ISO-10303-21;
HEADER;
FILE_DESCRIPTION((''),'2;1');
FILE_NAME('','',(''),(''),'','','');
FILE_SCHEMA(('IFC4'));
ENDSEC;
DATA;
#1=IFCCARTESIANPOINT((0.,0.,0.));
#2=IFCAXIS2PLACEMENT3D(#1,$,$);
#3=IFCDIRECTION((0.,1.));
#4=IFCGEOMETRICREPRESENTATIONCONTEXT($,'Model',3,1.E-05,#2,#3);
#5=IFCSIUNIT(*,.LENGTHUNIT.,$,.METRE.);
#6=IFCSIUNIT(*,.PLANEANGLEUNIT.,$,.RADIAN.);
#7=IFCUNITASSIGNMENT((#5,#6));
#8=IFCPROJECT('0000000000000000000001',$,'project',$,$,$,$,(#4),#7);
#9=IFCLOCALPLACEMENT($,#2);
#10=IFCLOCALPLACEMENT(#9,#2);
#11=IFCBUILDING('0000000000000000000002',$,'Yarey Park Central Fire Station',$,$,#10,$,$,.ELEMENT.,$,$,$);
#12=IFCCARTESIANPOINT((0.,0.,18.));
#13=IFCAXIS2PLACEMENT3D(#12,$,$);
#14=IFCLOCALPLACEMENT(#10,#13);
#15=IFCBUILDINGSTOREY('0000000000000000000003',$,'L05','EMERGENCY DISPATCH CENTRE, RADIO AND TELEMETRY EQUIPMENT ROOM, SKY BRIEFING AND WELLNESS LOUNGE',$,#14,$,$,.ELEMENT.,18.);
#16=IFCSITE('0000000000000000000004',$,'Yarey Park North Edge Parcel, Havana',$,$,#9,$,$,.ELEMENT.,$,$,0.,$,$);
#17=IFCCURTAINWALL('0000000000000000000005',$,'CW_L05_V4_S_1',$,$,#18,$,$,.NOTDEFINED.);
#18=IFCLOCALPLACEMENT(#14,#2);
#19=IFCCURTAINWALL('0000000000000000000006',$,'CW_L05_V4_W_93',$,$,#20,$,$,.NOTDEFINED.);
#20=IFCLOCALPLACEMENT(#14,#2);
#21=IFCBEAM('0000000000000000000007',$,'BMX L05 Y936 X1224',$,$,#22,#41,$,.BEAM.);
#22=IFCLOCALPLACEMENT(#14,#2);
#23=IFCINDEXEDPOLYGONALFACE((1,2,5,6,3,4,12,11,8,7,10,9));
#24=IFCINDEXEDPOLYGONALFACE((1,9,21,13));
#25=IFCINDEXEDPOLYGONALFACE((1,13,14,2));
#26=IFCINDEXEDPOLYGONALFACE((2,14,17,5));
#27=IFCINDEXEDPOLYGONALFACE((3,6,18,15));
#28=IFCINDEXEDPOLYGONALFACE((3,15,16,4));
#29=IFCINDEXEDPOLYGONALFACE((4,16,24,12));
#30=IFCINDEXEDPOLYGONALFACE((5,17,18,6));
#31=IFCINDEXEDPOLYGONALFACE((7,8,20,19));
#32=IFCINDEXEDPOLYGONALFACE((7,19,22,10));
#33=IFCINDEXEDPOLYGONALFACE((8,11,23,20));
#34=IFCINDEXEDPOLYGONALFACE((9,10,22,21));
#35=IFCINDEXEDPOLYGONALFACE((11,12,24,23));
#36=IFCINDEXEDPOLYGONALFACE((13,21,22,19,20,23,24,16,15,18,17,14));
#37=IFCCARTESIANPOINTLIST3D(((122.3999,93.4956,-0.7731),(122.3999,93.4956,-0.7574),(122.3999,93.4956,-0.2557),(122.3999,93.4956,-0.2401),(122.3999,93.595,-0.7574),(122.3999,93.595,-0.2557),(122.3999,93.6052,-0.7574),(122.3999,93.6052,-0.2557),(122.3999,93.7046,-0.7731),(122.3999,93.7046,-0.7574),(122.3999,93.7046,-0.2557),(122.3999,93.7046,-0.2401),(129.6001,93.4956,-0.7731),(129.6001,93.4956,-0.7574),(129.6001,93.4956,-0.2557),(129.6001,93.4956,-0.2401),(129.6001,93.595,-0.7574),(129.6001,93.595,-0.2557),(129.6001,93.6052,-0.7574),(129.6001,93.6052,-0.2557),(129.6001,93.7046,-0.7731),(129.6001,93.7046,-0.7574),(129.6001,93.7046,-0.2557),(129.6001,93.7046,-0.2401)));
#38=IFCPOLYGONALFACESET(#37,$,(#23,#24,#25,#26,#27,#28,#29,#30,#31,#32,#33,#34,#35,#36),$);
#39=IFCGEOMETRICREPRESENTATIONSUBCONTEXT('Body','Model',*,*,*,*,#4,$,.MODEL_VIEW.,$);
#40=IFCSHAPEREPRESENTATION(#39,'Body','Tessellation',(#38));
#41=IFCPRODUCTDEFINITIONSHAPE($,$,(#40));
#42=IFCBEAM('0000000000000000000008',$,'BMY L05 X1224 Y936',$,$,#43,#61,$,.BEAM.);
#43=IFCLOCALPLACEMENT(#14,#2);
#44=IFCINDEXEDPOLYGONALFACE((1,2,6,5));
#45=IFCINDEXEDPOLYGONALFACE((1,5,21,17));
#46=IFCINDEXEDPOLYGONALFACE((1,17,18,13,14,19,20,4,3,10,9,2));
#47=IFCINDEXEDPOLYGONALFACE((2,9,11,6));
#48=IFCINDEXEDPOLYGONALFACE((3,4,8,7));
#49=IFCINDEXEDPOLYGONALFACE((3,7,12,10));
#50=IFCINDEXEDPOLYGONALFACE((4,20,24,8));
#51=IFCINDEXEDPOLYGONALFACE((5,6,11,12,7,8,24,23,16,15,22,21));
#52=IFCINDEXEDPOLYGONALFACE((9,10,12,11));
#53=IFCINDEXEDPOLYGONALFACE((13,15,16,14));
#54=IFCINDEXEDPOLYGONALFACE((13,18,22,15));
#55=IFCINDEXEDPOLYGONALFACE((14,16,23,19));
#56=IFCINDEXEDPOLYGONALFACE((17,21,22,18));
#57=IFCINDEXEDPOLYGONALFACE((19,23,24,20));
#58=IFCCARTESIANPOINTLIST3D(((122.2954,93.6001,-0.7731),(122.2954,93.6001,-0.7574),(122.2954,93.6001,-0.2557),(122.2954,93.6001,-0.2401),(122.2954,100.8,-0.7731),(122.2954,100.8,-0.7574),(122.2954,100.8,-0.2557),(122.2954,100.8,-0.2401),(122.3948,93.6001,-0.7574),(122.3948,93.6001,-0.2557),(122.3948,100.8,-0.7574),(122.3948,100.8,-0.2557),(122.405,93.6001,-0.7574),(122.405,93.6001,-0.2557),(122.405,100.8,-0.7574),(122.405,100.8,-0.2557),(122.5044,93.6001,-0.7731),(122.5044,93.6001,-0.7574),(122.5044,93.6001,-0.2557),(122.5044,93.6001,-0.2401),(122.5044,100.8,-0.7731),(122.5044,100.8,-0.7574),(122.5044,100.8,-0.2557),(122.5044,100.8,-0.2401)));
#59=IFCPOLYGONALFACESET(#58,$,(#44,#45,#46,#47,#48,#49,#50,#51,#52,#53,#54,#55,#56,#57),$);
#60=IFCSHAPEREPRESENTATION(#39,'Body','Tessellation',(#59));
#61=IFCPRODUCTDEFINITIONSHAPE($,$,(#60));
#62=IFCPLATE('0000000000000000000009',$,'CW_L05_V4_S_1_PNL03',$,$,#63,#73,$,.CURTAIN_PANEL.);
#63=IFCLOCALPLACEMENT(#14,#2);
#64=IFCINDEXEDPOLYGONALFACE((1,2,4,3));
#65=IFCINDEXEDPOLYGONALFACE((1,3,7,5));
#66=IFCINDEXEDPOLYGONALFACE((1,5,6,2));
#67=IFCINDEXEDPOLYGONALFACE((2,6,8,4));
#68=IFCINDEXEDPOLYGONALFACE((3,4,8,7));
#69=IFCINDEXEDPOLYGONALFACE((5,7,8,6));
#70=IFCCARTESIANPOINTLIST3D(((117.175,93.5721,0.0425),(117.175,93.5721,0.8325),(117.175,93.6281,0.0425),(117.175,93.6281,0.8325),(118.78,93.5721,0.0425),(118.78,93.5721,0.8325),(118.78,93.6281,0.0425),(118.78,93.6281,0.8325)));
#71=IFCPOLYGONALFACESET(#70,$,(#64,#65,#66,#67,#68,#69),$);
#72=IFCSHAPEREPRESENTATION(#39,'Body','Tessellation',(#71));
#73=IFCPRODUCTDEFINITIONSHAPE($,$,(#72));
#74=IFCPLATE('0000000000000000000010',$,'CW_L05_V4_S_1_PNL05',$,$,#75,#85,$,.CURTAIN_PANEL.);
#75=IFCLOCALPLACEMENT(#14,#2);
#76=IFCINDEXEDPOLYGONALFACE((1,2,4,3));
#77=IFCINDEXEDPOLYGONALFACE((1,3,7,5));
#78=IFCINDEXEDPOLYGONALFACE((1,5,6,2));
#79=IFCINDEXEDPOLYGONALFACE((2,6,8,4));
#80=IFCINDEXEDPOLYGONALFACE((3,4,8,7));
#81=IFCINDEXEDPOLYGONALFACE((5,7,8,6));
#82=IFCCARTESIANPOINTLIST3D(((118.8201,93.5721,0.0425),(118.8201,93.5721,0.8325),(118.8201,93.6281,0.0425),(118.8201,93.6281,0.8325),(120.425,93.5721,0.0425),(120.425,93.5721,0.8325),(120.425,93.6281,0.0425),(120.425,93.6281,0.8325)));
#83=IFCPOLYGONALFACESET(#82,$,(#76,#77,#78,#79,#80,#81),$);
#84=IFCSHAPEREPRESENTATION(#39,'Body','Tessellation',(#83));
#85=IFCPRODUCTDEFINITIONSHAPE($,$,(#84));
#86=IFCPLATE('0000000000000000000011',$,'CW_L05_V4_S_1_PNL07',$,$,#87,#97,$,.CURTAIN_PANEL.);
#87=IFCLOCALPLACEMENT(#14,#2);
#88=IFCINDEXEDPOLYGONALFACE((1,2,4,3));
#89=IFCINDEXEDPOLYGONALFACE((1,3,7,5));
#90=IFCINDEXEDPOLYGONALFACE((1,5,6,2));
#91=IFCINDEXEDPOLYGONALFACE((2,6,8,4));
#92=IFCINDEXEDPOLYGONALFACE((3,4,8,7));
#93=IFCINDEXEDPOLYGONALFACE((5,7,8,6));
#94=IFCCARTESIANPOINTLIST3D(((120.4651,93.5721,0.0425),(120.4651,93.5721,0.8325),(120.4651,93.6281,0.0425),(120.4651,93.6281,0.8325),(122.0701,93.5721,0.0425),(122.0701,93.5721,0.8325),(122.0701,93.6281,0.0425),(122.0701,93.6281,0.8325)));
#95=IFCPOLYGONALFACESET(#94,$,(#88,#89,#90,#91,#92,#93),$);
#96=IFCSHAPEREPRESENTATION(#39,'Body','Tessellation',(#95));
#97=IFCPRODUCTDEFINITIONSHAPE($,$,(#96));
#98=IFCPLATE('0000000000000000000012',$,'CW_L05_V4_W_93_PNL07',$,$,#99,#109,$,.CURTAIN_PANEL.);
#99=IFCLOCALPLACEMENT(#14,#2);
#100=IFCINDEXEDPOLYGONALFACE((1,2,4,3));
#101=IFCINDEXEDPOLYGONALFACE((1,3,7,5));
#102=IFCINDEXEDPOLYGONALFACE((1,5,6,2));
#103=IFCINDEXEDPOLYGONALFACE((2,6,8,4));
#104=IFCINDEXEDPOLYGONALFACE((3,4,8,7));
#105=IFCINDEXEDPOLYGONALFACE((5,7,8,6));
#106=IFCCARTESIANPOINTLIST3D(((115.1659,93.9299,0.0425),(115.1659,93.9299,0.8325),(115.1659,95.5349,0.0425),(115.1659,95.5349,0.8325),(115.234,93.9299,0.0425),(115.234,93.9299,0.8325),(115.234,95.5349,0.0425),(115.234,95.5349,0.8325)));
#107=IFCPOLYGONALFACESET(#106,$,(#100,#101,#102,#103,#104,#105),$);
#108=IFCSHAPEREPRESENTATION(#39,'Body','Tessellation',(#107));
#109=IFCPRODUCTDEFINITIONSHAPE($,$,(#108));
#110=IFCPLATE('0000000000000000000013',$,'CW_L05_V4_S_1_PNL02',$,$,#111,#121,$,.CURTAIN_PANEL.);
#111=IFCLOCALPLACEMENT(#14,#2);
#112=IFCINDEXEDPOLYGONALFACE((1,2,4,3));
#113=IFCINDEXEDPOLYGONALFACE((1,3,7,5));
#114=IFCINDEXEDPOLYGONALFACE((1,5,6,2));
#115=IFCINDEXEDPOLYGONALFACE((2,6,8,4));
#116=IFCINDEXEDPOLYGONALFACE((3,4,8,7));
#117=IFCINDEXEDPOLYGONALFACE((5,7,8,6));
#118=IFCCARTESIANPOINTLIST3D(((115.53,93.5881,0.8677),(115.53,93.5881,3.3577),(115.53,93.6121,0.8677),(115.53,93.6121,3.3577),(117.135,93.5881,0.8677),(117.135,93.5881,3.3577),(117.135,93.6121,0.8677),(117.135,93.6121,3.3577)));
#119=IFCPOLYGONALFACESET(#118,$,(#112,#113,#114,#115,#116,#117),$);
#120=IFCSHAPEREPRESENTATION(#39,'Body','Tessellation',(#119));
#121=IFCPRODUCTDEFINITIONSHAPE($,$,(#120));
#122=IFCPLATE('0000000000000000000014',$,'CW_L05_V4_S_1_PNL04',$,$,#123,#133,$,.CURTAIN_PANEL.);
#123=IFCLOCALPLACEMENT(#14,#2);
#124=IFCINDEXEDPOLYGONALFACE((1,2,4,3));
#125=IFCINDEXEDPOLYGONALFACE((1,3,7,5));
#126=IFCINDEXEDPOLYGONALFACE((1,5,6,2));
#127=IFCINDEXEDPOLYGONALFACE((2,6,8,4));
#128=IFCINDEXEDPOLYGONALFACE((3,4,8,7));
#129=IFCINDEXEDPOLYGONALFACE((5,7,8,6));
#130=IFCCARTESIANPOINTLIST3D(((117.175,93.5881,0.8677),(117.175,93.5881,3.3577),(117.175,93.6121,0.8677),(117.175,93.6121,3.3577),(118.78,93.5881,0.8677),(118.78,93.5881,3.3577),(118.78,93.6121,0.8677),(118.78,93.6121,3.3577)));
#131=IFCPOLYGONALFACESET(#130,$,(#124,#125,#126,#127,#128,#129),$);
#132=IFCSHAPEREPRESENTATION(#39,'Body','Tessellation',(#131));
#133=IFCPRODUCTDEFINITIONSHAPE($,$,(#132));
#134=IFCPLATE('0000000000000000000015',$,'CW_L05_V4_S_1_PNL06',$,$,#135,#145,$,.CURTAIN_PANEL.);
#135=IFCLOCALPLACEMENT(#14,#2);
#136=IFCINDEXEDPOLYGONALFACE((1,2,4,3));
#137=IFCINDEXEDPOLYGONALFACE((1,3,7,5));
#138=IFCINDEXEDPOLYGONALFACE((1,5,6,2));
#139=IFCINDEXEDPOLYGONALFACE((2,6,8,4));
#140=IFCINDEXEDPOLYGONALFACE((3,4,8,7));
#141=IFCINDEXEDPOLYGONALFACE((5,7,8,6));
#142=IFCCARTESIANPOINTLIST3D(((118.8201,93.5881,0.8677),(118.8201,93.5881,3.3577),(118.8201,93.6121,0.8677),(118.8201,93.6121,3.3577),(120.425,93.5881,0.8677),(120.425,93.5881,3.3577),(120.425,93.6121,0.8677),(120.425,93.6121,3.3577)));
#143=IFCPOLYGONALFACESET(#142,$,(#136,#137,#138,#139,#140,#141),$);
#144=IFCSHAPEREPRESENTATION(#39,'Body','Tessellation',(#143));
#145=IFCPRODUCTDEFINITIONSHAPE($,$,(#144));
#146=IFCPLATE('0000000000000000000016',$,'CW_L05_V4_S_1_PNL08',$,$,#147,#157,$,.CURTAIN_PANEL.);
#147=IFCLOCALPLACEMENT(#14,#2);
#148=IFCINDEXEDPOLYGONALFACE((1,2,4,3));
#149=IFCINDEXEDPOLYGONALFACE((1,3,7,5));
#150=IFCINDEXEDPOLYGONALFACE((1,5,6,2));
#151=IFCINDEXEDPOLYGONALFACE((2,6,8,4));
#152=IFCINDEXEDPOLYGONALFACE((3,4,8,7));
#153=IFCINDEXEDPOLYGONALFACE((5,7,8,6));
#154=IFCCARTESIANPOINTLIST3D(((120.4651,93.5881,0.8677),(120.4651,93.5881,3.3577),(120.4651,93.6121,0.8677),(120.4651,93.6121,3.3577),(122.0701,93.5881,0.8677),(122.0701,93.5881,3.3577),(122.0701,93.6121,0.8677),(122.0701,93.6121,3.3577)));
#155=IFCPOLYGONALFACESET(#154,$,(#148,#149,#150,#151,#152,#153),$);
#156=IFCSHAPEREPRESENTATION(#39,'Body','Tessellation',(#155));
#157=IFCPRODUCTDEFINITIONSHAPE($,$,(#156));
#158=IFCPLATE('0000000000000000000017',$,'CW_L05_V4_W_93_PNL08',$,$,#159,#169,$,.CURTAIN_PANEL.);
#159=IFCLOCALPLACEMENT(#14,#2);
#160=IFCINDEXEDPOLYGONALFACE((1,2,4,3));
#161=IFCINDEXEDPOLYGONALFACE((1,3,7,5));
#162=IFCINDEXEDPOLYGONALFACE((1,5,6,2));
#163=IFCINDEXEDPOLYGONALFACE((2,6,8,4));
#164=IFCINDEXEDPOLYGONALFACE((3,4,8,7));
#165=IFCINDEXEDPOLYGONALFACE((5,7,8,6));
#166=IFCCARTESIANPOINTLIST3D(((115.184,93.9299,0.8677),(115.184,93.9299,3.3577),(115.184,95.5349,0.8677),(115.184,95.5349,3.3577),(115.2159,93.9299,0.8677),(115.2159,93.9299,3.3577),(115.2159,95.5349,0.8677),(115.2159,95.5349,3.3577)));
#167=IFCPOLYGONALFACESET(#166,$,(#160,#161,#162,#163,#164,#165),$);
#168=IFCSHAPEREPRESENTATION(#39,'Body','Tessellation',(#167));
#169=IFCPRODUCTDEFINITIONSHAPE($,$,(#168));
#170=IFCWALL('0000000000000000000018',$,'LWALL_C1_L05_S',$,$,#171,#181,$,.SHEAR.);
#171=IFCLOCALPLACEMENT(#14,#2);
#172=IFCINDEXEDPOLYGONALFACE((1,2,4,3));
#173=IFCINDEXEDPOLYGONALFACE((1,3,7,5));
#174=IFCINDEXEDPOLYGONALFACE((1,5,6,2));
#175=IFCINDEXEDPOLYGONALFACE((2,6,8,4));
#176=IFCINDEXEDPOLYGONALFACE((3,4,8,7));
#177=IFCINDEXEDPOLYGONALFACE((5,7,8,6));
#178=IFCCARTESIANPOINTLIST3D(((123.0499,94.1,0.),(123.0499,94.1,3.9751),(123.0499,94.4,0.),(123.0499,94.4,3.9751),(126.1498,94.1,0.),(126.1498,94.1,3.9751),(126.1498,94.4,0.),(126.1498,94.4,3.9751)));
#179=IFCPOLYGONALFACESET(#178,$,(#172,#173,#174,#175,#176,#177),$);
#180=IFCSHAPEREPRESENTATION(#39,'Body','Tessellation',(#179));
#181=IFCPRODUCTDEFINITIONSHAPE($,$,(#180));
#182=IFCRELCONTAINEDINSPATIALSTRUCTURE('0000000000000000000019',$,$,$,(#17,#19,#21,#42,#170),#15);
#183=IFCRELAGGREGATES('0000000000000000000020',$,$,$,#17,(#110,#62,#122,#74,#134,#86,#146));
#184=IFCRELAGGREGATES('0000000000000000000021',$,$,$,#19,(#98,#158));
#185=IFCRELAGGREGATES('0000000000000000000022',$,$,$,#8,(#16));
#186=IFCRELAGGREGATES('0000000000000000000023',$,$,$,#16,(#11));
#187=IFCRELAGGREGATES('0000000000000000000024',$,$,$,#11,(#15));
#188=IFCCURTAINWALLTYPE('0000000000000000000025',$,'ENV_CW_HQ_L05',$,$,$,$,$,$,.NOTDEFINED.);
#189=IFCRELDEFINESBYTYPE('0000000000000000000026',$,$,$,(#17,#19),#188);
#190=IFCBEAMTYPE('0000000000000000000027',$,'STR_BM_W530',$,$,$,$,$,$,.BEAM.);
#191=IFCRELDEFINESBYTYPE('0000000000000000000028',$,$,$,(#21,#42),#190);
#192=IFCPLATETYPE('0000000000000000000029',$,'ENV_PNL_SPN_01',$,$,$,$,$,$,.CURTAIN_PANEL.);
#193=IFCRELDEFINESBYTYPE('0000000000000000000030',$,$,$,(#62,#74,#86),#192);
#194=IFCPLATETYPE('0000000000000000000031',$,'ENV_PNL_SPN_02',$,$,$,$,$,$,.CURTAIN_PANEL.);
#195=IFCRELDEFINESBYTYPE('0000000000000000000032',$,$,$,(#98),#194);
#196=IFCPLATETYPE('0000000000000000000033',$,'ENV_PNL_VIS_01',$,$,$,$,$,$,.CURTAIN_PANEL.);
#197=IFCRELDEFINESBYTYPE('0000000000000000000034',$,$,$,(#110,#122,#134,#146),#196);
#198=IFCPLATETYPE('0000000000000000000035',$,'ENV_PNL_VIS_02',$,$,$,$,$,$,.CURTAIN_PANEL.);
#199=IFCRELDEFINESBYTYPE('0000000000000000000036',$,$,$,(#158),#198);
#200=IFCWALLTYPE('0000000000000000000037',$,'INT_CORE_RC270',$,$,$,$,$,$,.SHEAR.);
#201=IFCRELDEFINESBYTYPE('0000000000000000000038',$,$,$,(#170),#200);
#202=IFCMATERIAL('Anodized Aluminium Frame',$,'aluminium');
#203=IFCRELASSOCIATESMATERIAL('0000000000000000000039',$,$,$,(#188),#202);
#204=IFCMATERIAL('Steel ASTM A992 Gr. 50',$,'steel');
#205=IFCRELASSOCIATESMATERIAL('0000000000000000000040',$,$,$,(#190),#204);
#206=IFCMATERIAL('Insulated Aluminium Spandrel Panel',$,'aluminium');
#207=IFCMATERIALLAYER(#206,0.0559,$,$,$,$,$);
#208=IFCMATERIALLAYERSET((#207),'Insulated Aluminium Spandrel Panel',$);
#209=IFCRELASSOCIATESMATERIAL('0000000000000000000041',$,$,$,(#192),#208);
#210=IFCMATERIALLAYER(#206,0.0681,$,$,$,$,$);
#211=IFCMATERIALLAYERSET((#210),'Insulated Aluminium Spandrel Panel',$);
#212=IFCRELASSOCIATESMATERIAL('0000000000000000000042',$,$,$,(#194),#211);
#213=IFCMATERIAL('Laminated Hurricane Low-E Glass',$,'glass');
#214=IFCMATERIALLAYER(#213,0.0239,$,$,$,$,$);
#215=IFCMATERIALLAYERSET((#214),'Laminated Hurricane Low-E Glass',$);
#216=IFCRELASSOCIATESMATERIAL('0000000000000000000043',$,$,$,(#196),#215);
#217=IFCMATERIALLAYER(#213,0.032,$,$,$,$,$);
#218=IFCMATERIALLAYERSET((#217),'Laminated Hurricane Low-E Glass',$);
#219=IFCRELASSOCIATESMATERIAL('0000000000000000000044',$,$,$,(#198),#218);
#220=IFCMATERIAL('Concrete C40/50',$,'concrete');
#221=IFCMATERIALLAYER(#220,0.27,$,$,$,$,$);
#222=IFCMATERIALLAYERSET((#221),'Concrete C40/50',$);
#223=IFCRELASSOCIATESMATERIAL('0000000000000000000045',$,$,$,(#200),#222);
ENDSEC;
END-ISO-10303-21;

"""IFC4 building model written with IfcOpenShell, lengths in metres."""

from ifc_helpers import new_model, si_unit, direction, frame, frame_2d, origin, origin_2d, place, context, subcontext, project, spatial, rectangle, i_section, extrude, material, layer, layer_set, material_profile, profile_set, type_object, element, aggregate, save


model = new_model("IFC4")

# Units and contexts
model_context = context("Model", 3, precision=1e-05, world=origin(), true_north=direction((0.0, 1.0)))
body_context = subcontext(model_context, "Body", "Model", "MODEL_VIEW")
ifc_project = project(units=[si_unit("LENGTHUNIT", "METRE"), si_unit("PLANEANGLEUNIT", "RADIAN")], contexts=[model_context])

# Site, building, storey
site_placement = place(None, origin())
site = spatial("IfcSite", under=ifc_project, at=site_placement, Name="Yarey Park North Edge Parcel, Havana", CompositionType="ELEMENT", RefElevation=0.0)
building_placement = place(site_placement, origin())
building = spatial("IfcBuilding", under=site, at=building_placement, Name="Yarey Park Central Fire Station", CompositionType="ELEMENT")
storey_placement = place(building_placement, frame((0.0, 0.0, 18.0)))
storey = spatial("IfcBuildingStorey", under=building, at=storey_placement, Name="L05", Description="EMERGENCY DISPATCH CENTRE, RADIO AND TELEMETRY EQUIPMENT ROOM, SKY BRIEFING AND WELLNESS LOUNGE", CompositionType="ELEMENT", Elevation=18.0)

# Shared definitions
ifc_material_1 = material(Name="Concrete C40/50", Category="concrete")

# Curtain wall
ifc_material_2 = material(Name="Anodized Aluminium Frame", Category="aluminium")
curtain_wall_type = type_object("IfcCurtainWallType", Name="ENV_CW_HQ_L05", PredefinedType="NOTDEFINED", material=ifc_material_2)
curtain_wall_1_placement = place(storey_placement, origin())
curtain_wall_1 = element("IfcCurtainWall", 1, at=curtain_wall_1_placement, inside=storey, type_object=curtain_wall_type, Name="CW_L05_V4_S_1", PredefinedType="NOTDEFINED")

# Curtain wall
curtain_wall_2_placement = place(storey_placement, origin())
curtain_wall_2 = element("IfcCurtainWall", 2, at=curtain_wall_2_placement, inside=storey, type_object=curtain_wall_type, Name="CW_L05_V4_W_93", PredefinedType="NOTDEFINED")

# Beams
ifc_material_3 = material(Name="Steel ASTM A992 Gr. 50", Category="steel")
ifc_material_profile_1 = material_profile(ifc_material_3, i_section(OverallWidth=0.209, OverallDepth=0.533, WebThickness=0.0103, FlangeThickness=0.0156, at=origin_2d()), Name="W530x92")
ifc_profile_set_1 = profile_set([ifc_material_profile_1], Name="Steel ASTM A992 Gr. 50")
beam_type = type_object("IfcBeamType", Name="STR_BM_W530", PredefinedType="BEAM", material=ifc_profile_set_1)
beam_1_placement = place(storey_placement, frame((122.3999, 93.6001, -0.5066), z_axis=(1.0, 0.0, 0.0), x_axis=(0.0, 1.0, 0.0)))
element("IfcBeam", 3, at=beam_1_placement, inside=storey, type_object=beam_type, Name="BMX L05 Y936 X1224", PredefinedType="BEAM", context=body_context, shape_type="SweptSolid", body=[
    extrude(i_section(OverallWidth=0.209, OverallDepth=0.533, WebThickness=0.0103, FlangeThickness=0.0156, at=origin_2d()), origin(), (0.0, 0.0, 1.0), 7.2002),
])
beam_2_placement = place(storey_placement, frame((122.3999, 93.6001, -0.5066), z_axis=(0.0, 1.0, 0.0), x_axis=(-1.0, 0.0, 0.0)))
element("IfcBeam", 4, at=beam_2_placement, inside=storey, type_object=beam_type, Name="BMY L05 X1224 Y936", PredefinedType="BEAM", context=body_context, shape_type="SweptSolid", body=[
    extrude(i_section(OverallWidth=0.209, OverallDepth=0.533, WebThickness=0.0103, FlangeThickness=0.0156, at=origin_2d()), origin(), (0.0, 0.0, 1.0), 7.2),
])

# Plates
ifc_material_4 = material(Name="Insulated Aluminium Spandrel Panel", Category="aluminium")
ifc_layer_1 = layer(ifc_material_4, 0.0559)
ifc_layer_set_1 = layer_set([ifc_layer_1], Name="Insulated Aluminium Spandrel Panel")
plate_type_1 = type_object("IfcPlateType", Name="ENV_PNL_SPN_01", PredefinedType="CURTAIN_PANEL", material=ifc_layer_set_1)
plate_1_placement = place(storey_placement, frame((117.9775, 93.6001, 0.0425), z_axis=(0.0, 0.0, 1.0), x_axis=(1.0, 0.0, 0.0)))
plate_1 = element("IfcPlate", 5, at=plate_1_placement, type_object=plate_type_1, Name="CW_L05_V4_S_1_PNL03", PredefinedType="CURTAIN_PANEL", context=body_context, shape_type="SweptSolid", body=[
    extrude(rectangle(XDim=1.605, YDim=0.0559, at=origin_2d()), origin(), (0.0, 0.0, 1.0), 0.79),
])
plate_2_placement = place(storey_placement, frame((119.6226, 93.6001, 0.0425), z_axis=(0.0, 0.0, 1.0), x_axis=(1.0, 0.0, 0.0)))
plate_2 = element("IfcPlate", 6, at=plate_2_placement, type_object=plate_type_1, Name="CW_L05_V4_S_1_PNL05", PredefinedType="CURTAIN_PANEL", context=body_context, shape_type="SweptSolid", body=[
    extrude(rectangle(XDim=1.605, YDim=0.0559, at=origin_2d()), origin(), (0.0, 0.0, 1.0), 0.79),
])
plate_3_placement = place(storey_placement, frame((121.2676, 93.6001, 0.0425), z_axis=(0.0, 0.0, 1.0), x_axis=(1.0, 0.0, 0.0)))
plate_3 = element("IfcPlate", 7, at=plate_3_placement, type_object=plate_type_1, Name="CW_L05_V4_S_1_PNL07", PredefinedType="CURTAIN_PANEL", context=body_context, shape_type="SweptSolid", body=[
    extrude(rectangle(XDim=1.605, YDim=0.0559, at=origin_2d()), origin(), (0.0, 0.0, 1.0), 0.79),
])
ifc_layer_2 = layer(ifc_material_4, 0.0681)
ifc_layer_set_2 = layer_set([ifc_layer_2], Name="Insulated Aluminium Spandrel Panel")
plate_type_2 = type_object("IfcPlateType", Name="ENV_PNL_SPN_02", PredefinedType="CURTAIN_PANEL", material=ifc_layer_set_2)
plate_4_placement = place(storey_placement, frame((115.2, 94.7324, 0.0425), z_axis=(0.0, 0.0, 1.0), x_axis=(0.0, -1.0, 0.0)))
plate_4 = element("IfcPlate", 8, at=plate_4_placement, type_object=plate_type_2, Name="CW_L05_V4_W_93_PNL07", PredefinedType="CURTAIN_PANEL", context=body_context, shape_type="SweptSolid", body=[
    extrude(rectangle(XDim=1.605, YDim=0.0681, at=origin_2d()), origin(), (0.0, 0.0, 1.0), 0.79),
])
ifc_material_5 = material(Name="Laminated Hurricane Low-E Glass", Category="glass")
ifc_layer_3 = layer(ifc_material_5, 0.0239)
ifc_layer_set_3 = layer_set([ifc_layer_3], Name="Laminated Hurricane Low-E Glass")
plate_type_3 = type_object("IfcPlateType", Name="ENV_PNL_VIS_01", PredefinedType="CURTAIN_PANEL", material=ifc_layer_set_3)
plate_5_placement = place(storey_placement, frame((116.3325, 93.6001, 0.8677), z_axis=(0.0, 0.0, 1.0), x_axis=(1.0, 0.0, 0.0)))
plate_5 = element("IfcPlate", 9, at=plate_5_placement, type_object=plate_type_3, Name="CW_L05_V4_S_1_PNL02", PredefinedType="CURTAIN_PANEL", context=body_context, shape_type="SweptSolid", body=[
    extrude(rectangle(XDim=1.605, YDim=0.0239, at=origin_2d()), origin(), (0.0, 0.0, 1.0), 2.49),
])
plate_6_placement = place(storey_placement, frame((117.9775, 93.6001, 0.8677), z_axis=(0.0, 0.0, 1.0), x_axis=(1.0, 0.0, 0.0)))
plate_6 = element("IfcPlate", 10, at=plate_6_placement, type_object=plate_type_3, Name="CW_L05_V4_S_1_PNL04", PredefinedType="CURTAIN_PANEL", context=body_context, shape_type="SweptSolid", body=[
    extrude(rectangle(XDim=1.605, YDim=0.0239, at=origin_2d()), origin(), (0.0, 0.0, 1.0), 2.49),
])
plate_7_placement = place(storey_placement, frame((119.6226, 93.6001, 0.8677), z_axis=(0.0, 0.0, 1.0), x_axis=(1.0, 0.0, 0.0)))
plate_7 = element("IfcPlate", 11, at=plate_7_placement, type_object=plate_type_3, Name="CW_L05_V4_S_1_PNL06", PredefinedType="CURTAIN_PANEL", context=body_context, shape_type="SweptSolid", body=[
    extrude(rectangle(XDim=1.605, YDim=0.0239, at=origin_2d()), origin(), (0.0, 0.0, 1.0), 2.49),
])
plate_8_placement = place(storey_placement, frame((121.2676, 93.6001, 0.8677), z_axis=(0.0, 0.0, 1.0), x_axis=(1.0, 0.0, 0.0)))
plate_8 = element("IfcPlate", 12, at=plate_8_placement, type_object=plate_type_3, Name="CW_L05_V4_S_1_PNL08", PredefinedType="CURTAIN_PANEL", context=body_context, shape_type="SweptSolid", body=[
    extrude(rectangle(XDim=1.605, YDim=0.0239, at=origin_2d()), origin(), (0.0, 0.0, 1.0), 2.49),
])
aggregate(curtain_wall_1, [plate_5, plate_1, plate_6, plate_2, plate_7, plate_3, plate_8])
ifc_layer_4 = layer(ifc_material_5, 0.032)
ifc_layer_set_4 = layer_set([ifc_layer_4], Name="Laminated Hurricane Low-E Glass")
plate_type_4 = type_object("IfcPlateType", Name="ENV_PNL_VIS_02", PredefinedType="CURTAIN_PANEL", material=ifc_layer_set_4)
plate_9_placement = place(storey_placement, frame((115.2, 94.7324, 0.8677), z_axis=(0.0, 0.0, 1.0), x_axis=(0.0, -1.0, 0.0)))
plate_9 = element("IfcPlate", 13, at=plate_9_placement, type_object=plate_type_4, Name="CW_L05_V4_W_93_PNL08", PredefinedType="CURTAIN_PANEL", context=body_context, shape_type="SweptSolid", body=[
    extrude(rectangle(XDim=1.605, YDim=0.032, at=origin_2d()), origin(), (0.0, 0.0, 1.0), 2.49),
])
aggregate(curtain_wall_2, [plate_4, plate_9])

# Wall
ifc_layer_5 = layer(ifc_material_1, 0.27)
ifc_layer_set_5 = layer_set([ifc_layer_5], Name="Concrete C40/50")
wall_type_1 = type_object("IfcWallType", Name="INT_CORE_RC270", PredefinedType="SHEAR", material=ifc_layer_set_5)
wall_1_placement = place(storey_placement, frame((123.05, 94.25, 0.0), z_axis=(0.0, 0.0, 1.0), x_axis=(1.0, 0.0, 0.0)))
element("IfcWall", 14, at=wall_1_placement, inside=storey, type_object=wall_type_1, Name="LWALL_C1_L05_S", PredefinedType="SHEAR", context=body_context, shape_type="SweptSolid", body=[
    extrude(rectangle(XDim=3.0999, YDim=0.3, at=frame_2d((1.5498, 0.0))), origin(), (0.0, 0.0, 1.0), 3.9751),
])

save(model, "model.ifc")
